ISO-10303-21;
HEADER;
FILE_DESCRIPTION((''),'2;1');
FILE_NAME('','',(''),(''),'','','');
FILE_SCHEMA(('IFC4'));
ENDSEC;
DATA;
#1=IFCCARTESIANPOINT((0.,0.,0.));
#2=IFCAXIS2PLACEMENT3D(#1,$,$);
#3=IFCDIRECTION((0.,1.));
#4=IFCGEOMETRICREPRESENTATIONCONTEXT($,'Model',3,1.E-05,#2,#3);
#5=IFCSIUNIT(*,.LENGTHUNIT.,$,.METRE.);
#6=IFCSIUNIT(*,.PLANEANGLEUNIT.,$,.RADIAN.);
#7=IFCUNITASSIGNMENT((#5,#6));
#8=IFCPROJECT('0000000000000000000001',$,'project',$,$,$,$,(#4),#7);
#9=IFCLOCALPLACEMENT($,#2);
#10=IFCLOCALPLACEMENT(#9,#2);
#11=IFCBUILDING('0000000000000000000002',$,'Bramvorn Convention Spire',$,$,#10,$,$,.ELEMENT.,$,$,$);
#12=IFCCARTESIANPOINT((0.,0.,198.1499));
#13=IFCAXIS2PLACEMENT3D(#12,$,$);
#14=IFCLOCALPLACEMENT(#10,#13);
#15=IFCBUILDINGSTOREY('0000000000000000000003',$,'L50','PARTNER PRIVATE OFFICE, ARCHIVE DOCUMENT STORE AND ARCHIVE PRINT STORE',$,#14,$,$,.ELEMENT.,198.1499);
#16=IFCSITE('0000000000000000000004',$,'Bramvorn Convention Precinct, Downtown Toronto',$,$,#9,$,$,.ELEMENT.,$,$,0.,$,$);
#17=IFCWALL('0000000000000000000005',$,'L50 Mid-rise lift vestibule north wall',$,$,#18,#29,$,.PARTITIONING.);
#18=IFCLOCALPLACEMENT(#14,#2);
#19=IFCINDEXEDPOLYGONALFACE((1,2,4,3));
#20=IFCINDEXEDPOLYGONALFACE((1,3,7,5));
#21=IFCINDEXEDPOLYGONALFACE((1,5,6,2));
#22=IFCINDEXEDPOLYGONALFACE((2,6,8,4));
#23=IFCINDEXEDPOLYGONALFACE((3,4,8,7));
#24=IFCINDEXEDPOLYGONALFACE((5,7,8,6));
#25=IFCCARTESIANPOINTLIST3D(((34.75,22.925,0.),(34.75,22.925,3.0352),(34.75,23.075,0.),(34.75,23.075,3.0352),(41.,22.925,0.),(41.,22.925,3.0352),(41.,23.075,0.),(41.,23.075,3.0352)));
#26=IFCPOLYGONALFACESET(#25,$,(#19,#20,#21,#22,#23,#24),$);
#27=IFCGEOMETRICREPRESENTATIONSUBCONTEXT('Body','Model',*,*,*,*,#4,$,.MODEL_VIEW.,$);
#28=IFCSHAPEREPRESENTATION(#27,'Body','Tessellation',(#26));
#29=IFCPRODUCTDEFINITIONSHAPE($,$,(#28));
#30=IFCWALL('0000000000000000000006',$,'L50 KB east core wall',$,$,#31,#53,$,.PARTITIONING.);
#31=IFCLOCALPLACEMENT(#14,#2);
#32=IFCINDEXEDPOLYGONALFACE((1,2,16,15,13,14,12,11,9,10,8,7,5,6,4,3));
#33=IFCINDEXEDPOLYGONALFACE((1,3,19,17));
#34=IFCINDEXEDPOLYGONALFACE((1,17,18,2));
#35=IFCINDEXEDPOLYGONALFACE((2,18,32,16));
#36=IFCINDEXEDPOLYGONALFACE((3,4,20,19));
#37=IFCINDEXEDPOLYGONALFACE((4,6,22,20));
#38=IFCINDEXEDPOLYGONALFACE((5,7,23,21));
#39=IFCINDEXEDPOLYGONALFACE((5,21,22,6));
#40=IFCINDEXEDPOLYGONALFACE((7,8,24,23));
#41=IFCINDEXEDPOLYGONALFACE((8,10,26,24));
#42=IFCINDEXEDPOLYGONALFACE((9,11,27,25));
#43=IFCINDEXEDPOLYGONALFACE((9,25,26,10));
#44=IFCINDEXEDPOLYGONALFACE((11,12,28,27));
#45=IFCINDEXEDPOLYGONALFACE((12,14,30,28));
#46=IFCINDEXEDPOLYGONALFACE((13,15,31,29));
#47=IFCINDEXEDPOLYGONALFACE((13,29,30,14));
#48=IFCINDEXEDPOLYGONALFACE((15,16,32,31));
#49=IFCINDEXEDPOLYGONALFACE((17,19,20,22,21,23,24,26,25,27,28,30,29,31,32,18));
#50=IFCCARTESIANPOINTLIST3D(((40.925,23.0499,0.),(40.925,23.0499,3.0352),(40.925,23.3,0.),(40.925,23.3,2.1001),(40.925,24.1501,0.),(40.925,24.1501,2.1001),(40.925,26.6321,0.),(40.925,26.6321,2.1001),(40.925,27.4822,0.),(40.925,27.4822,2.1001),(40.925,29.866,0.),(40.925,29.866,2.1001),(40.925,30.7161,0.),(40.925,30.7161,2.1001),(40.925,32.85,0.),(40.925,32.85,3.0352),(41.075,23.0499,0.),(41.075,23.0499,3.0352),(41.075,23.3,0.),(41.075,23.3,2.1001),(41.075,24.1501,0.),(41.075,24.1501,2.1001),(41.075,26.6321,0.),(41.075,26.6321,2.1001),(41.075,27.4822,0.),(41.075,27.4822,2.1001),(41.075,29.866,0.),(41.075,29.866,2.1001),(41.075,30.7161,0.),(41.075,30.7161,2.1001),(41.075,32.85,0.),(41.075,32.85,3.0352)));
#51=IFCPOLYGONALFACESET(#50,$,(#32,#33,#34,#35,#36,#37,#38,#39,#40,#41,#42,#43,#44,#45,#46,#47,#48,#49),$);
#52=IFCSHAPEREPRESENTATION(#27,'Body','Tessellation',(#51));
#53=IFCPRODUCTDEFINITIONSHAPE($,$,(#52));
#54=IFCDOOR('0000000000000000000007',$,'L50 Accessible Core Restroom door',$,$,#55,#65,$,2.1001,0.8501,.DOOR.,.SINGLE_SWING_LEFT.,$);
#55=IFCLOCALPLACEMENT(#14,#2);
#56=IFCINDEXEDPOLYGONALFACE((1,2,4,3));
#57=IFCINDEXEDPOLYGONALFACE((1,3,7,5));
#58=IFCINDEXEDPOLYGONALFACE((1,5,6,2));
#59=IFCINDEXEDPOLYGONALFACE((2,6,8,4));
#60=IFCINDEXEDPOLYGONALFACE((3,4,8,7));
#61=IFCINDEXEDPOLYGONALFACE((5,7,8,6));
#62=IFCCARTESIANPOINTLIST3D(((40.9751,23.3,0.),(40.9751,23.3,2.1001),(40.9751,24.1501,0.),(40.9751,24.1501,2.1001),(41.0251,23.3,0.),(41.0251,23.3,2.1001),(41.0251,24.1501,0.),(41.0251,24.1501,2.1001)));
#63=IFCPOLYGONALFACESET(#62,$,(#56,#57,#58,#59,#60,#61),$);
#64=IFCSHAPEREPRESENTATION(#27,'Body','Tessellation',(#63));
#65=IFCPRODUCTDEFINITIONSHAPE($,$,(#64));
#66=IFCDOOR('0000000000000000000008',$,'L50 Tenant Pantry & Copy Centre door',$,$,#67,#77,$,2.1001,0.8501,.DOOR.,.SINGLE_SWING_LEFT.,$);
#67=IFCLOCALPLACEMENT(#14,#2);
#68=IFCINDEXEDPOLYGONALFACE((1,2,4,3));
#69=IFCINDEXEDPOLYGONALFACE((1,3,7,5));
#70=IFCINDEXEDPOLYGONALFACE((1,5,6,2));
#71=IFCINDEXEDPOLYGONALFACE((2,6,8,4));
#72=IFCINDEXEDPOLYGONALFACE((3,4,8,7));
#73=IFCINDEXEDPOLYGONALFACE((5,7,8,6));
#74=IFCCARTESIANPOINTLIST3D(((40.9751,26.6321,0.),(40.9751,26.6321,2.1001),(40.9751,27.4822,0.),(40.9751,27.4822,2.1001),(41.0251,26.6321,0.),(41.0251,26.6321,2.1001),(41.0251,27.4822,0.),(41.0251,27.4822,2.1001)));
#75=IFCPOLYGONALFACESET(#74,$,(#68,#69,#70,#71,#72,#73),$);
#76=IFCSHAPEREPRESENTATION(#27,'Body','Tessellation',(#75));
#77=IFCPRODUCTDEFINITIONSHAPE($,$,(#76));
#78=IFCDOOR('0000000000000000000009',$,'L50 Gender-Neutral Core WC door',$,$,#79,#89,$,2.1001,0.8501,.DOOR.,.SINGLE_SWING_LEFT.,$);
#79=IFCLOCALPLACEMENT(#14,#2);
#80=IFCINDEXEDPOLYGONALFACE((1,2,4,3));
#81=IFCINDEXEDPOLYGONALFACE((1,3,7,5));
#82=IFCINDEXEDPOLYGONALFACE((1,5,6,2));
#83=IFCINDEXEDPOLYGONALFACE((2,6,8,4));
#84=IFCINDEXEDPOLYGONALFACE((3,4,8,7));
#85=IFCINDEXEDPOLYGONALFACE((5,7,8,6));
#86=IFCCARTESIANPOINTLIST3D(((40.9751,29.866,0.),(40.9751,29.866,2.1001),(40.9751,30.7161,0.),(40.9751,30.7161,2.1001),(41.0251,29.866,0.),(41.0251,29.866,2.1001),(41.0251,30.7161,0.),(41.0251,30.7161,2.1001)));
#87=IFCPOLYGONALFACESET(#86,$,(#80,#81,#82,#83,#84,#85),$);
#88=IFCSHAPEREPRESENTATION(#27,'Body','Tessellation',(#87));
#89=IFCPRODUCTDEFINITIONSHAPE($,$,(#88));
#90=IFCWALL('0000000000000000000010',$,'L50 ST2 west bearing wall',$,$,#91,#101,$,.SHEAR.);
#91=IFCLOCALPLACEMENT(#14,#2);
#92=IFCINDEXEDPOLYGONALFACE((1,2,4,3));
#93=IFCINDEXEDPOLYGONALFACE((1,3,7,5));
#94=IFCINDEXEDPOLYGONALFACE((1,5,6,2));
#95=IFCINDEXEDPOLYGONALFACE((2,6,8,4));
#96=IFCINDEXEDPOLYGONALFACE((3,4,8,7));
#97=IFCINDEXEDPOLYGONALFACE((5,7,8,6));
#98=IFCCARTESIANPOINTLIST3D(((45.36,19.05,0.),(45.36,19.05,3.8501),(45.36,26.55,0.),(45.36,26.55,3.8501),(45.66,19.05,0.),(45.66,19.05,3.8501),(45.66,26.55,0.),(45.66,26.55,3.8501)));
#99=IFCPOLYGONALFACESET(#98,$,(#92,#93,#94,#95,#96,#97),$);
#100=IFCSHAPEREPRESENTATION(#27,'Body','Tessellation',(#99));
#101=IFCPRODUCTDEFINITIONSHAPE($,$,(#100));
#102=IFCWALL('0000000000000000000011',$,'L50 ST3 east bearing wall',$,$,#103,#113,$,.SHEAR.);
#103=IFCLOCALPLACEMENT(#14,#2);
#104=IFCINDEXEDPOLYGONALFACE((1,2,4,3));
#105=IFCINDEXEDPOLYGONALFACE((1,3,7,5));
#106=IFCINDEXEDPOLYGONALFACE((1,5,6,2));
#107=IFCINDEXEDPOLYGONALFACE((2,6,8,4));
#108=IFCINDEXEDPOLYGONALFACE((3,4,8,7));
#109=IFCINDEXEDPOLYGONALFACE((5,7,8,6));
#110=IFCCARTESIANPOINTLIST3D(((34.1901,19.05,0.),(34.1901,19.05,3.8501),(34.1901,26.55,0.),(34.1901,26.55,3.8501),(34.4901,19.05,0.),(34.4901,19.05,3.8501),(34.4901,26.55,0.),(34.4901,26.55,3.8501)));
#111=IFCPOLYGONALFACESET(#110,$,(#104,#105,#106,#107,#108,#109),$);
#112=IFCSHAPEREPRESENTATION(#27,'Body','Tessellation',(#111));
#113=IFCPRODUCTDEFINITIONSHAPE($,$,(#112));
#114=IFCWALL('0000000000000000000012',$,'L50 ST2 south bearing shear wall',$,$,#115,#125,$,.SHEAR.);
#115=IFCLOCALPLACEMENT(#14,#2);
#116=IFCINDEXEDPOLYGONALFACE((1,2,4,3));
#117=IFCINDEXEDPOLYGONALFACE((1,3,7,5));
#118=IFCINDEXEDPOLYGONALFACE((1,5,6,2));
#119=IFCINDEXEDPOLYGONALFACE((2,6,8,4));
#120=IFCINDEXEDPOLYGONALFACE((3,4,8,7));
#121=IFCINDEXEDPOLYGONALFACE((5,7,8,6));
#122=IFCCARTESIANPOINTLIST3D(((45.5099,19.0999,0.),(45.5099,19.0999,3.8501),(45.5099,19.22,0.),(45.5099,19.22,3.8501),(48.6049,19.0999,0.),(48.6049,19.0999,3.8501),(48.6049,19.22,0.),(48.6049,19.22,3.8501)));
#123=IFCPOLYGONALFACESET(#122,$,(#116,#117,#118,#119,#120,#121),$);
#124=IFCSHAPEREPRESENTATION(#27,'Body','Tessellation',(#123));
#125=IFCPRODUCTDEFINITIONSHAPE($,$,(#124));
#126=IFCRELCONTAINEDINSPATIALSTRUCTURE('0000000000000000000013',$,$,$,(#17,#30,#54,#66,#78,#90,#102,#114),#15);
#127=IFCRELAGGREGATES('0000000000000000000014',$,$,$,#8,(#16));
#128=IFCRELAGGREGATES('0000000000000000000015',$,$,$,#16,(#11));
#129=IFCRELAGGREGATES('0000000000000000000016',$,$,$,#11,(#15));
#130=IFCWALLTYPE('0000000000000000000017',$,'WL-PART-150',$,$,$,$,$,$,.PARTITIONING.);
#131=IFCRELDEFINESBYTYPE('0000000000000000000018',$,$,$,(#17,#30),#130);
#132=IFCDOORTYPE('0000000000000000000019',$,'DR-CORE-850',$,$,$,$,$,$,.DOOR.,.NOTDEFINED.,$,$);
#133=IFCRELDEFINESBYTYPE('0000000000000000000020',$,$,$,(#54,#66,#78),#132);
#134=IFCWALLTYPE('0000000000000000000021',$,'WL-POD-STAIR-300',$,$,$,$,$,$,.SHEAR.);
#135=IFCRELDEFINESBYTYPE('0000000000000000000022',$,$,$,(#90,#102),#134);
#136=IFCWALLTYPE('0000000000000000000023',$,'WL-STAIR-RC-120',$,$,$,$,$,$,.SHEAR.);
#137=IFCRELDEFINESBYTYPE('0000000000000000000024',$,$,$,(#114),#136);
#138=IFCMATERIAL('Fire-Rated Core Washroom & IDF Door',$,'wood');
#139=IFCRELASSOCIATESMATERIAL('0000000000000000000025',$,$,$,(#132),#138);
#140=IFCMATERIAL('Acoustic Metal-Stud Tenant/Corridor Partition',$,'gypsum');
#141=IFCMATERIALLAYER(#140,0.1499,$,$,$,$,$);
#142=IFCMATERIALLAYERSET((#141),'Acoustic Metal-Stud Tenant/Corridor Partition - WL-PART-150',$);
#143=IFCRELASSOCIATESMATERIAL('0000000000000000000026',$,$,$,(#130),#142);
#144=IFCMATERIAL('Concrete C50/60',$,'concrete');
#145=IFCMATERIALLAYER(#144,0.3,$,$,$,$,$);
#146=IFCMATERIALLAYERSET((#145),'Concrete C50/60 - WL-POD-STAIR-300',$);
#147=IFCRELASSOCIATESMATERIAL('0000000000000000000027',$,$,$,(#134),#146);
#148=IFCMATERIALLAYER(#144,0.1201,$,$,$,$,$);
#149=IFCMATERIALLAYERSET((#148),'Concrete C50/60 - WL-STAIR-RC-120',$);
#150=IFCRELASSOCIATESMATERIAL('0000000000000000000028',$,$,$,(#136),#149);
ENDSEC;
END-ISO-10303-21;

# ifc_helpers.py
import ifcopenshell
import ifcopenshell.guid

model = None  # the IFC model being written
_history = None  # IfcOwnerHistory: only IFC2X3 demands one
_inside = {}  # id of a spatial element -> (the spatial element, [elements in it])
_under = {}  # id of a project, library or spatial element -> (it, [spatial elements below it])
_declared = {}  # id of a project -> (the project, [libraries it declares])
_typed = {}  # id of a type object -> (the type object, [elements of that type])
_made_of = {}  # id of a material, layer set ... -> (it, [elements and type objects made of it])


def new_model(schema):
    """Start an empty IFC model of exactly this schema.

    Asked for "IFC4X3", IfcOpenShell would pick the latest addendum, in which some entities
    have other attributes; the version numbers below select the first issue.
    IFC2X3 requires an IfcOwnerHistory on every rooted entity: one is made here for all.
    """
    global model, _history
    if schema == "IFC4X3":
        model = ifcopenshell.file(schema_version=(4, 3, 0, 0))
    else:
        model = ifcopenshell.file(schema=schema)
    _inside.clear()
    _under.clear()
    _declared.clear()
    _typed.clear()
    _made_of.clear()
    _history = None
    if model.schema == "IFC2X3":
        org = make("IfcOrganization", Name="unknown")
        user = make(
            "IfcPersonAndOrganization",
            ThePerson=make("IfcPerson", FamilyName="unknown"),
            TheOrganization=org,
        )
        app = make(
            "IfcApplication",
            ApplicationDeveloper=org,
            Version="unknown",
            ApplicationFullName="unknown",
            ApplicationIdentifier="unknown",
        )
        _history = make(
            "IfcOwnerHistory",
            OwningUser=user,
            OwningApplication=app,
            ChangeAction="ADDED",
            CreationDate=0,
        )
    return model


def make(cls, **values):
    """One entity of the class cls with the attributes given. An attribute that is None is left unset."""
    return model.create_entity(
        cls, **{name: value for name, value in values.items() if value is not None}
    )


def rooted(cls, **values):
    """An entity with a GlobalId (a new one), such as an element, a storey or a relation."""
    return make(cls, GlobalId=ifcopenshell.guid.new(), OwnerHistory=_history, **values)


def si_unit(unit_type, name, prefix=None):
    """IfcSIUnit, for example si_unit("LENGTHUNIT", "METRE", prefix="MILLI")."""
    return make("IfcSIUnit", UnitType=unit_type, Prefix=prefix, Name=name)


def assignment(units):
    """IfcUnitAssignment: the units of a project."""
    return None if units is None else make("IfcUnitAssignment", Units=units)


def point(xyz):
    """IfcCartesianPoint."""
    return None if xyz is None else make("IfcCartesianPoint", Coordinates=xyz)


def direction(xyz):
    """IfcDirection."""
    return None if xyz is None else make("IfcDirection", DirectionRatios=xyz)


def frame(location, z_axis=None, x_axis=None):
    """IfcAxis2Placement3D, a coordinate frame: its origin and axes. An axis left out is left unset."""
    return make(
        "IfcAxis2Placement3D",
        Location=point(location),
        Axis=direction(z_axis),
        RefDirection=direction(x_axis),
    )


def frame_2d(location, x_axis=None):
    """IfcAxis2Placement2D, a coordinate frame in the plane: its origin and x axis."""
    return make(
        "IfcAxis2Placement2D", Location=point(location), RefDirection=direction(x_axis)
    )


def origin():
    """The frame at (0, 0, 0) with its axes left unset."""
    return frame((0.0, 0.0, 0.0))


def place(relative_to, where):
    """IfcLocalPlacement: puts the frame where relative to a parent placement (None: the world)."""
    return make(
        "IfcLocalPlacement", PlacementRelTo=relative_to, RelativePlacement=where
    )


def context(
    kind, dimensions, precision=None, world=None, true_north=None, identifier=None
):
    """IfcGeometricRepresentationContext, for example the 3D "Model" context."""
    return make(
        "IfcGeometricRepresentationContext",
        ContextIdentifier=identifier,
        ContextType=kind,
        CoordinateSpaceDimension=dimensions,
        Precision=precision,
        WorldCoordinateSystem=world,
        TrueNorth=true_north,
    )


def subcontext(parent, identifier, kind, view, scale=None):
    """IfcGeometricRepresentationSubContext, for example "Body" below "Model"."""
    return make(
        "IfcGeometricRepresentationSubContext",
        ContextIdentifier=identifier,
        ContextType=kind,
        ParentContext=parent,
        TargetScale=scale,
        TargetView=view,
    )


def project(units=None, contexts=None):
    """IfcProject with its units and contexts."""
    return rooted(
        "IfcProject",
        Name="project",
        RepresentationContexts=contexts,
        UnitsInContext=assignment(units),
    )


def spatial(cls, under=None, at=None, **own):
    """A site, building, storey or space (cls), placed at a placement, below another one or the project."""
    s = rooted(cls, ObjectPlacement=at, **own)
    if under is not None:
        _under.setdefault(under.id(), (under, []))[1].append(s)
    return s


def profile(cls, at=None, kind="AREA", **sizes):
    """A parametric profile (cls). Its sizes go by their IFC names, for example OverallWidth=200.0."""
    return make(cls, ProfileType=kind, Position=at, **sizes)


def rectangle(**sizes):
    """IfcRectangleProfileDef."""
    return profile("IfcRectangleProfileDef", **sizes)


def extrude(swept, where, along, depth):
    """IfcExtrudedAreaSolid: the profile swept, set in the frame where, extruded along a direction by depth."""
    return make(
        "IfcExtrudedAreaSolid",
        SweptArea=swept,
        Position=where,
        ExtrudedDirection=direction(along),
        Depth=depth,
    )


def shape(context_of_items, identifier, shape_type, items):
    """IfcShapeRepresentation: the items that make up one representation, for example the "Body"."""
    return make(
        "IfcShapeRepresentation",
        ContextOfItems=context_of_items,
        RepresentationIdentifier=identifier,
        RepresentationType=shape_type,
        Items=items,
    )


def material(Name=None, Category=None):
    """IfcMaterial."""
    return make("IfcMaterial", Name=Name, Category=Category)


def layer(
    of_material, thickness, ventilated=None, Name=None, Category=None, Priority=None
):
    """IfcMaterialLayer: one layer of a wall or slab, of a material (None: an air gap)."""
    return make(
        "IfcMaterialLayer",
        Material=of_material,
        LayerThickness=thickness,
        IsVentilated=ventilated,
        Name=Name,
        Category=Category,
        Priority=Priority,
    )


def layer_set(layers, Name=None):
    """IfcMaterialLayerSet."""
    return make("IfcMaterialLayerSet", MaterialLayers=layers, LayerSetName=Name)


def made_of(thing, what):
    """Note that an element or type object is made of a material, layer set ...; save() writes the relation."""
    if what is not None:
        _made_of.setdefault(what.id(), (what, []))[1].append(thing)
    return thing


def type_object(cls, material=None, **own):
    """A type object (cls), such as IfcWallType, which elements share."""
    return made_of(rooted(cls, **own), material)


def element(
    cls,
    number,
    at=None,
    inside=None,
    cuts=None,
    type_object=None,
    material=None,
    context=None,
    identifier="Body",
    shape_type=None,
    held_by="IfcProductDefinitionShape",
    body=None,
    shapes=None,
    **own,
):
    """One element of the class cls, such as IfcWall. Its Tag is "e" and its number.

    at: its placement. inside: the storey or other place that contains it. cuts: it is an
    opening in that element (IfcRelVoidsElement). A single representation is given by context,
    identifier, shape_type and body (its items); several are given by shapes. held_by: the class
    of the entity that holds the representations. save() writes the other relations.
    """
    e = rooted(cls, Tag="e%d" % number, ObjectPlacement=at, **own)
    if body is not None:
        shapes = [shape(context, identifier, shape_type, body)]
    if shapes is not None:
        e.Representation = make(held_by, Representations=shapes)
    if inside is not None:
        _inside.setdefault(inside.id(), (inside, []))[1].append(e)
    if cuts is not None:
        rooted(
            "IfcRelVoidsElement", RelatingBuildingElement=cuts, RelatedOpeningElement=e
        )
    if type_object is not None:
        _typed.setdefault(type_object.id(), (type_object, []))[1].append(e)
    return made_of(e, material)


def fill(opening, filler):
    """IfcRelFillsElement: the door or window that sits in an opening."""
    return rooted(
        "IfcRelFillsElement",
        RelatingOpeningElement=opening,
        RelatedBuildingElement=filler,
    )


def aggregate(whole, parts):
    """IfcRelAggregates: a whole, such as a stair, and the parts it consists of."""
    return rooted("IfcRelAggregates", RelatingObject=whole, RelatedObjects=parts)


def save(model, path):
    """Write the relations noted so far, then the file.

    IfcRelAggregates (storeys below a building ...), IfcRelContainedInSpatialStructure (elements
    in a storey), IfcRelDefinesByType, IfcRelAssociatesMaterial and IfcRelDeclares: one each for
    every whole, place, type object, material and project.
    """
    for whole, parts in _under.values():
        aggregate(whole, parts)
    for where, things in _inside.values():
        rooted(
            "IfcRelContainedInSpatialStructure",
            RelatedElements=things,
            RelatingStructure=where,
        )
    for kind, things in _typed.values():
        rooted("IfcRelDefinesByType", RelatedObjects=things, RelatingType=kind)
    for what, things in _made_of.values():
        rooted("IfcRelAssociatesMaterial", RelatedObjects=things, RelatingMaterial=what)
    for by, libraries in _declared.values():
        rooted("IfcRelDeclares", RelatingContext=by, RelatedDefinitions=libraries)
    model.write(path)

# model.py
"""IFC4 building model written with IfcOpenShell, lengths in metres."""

from ifc_helpers import new_model, si_unit, direction, frame, frame_2d, origin, place, context, subcontext, project, spatial, rectangle, extrude, material, layer, layer_set, type_object, element, fill, save


model = new_model("IFC4")

# Units and contexts
model_context = context("Model", 3, precision=1e-05, world=origin(), true_north=direction((0.0, 1.0)))
body_context = subcontext(model_context, "Body", "Model", "MODEL_VIEW")
ifc_project = project(units=[si_unit("LENGTHUNIT", "METRE"), si_unit("PLANEANGLEUNIT", "RADIAN")], contexts=[model_context])

# Site, building, storey
site_placement = place(None, origin())
site = spatial("IfcSite", under=ifc_project, at=site_placement, Name="Bramvorn Convention Precinct, Downtown Toronto", CompositionType="ELEMENT", RefElevation=0.0)
building_placement = place(site_placement, origin())
building = spatial("IfcBuilding", under=site, at=building_placement, Name="Bramvorn Convention Spire", CompositionType="ELEMENT")
storey_placement = place(building_placement, frame((0.0, 0.0, 198.1499)))
storey = spatial("IfcBuildingStorey", under=building, at=storey_placement, Name="L50", Description="PARTNER PRIVATE OFFICE, ARCHIVE DOCUMENT STORE AND ARCHIVE PRINT STORE", CompositionType="ELEMENT", Elevation=198.1499)

# Shared definitions
ifc_material_1 = material(Name="Concrete C50/60", Category="concrete")

# Shared definitions
ifc_material_2 = material(Name="Fire-Rated Core Washroom & IDF Door", Category="wood")
door_type_1 = type_object("IfcDoorType", Name="DR-CORE-850", OperationType="NOTDEFINED", PredefinedType="DOOR", material=ifc_material_2)

# Wall
ifc_material_3 = material(Name="Acoustic Metal-Stud Tenant/Corridor Partition", Category="gypsum")
ifc_layer_1 = layer(ifc_material_3, 0.1499)
ifc_layer_set_1 = layer_set([ifc_layer_1], Name="Acoustic Metal-Stud Tenant/Corridor Partition - WL-PART-150")
wall_type_1 = type_object("IfcWallType", Name="WL-PART-150", PredefinedType="PARTITIONING", material=ifc_layer_set_1)
wall_1_placement = place(storey_placement, frame((34.75, 23.0, 0.0), z_axis=(0.0, 0.0, 1.0), x_axis=(1.0, 0.0, 0.0)))
element("IfcWall", 1, at=wall_1_placement, inside=storey, type_object=wall_type_1, Name="L50 Mid-rise lift vestibule north wall", PredefinedType="PARTITIONING", context=body_context, shape_type="SweptSolid", body=[
    extrude(rectangle(XDim=6.25, YDim=0.1499, at=frame_2d((3.125, 0.0))), origin(), (0.0, 0.0, 1.0), 3.0352),
])

# Wall, openings, doors
wall_2_placement = place(storey_placement, frame((41.0, 23.05, 0.0), z_axis=(0.0, 0.0, 1.0), x_axis=(0.0, 1.0, 0.0)))
wall_2 = element("IfcWall", 2, at=wall_2_placement, inside=storey, type_object=wall_type_1, Name="L50 KB east core wall", PredefinedType="PARTITIONING", context=body_context, shape_type="SweptSolid", body=[
    extrude(rectangle(XDim=9.8, YDim=0.1499, at=frame_2d((4.8999, 0.0))), origin(), (0.0, 0.0, 1.0), 3.0352),
])
opening_1_placement = place(wall_2_placement, frame((0.25, 0.0, 0.0)))
opening_1 = element("IfcOpeningElement", 3, at=opening_1_placement, cuts=wall_2, PredefinedType="OPENING", context=body_context, shape_type="SweptSolid", body=[
    extrude(rectangle(XDim=0.8501, YDim=2.1001, at=frame_2d((0.425, 1.05))), frame((0.0, 0.085, 0.0), z_axis=(0.0, -1.0, 0.0), x_axis=(1.0, 0.0, 0.0)), (0.0, 0.0, 1.0), 0.1699),
])
opening_2_placement = place(wall_2_placement, frame((3.582, 0.0, 0.0)))
opening_2 = element("IfcOpeningElement", 4, at=opening_2_placement, cuts=wall_2, PredefinedType="OPENING", context=body_context, shape_type="SweptSolid", body=[
    extrude(rectangle(XDim=0.8501, YDim=2.1001, at=frame_2d((0.425, 1.05))), frame((0.0, 0.085, 0.0), z_axis=(0.0, -1.0, 0.0), x_axis=(1.0, 0.0, 0.0)), (0.0, 0.0, 1.0), 0.1699),
])
opening_3_placement = place(wall_2_placement, frame((6.8159, 0.0, 0.0)))
opening_3 = element("IfcOpeningElement", 5, at=opening_3_placement, cuts=wall_2, PredefinedType="OPENING", context=body_context, shape_type="SweptSolid", body=[
    extrude(rectangle(XDim=0.8501, YDim=2.1001, at=frame_2d((0.425, 1.05))), frame((0.0, 0.085, 0.0), z_axis=(0.0, -1.0, 0.0), x_axis=(1.0, 0.0, 0.0)), (0.0, 0.0, 1.0), 0.1699),
])
door_1_placement = place(opening_1_placement, origin())
door_1 = element("IfcDoor", 6, at=door_1_placement, inside=storey, type_object=door_type_1, Name="L50 Accessible Core Restroom door", OperationType="SINGLE_SWING_LEFT", OverallHeight=2.1001, OverallWidth=0.8501, PredefinedType="DOOR", context=body_context, shape_type="SweptSolid", body=[
    extrude(rectangle(XDim=0.8501, YDim=2.1001, at=frame_2d((0.425, 1.05))), frame((0.0, 0.0249, 0.0), z_axis=(0.0, -1.0, 0.0), x_axis=(1.0, 0.0, 0.0)), (0.0, 0.0, 1.0), 0.05),
])
fill(opening_1, door_1)
door_2_placement = place(opening_2_placement, origin())
door_2 = element("IfcDoor", 7, at=door_2_placement, inside=storey, type_object=door_type_1, Name="L50 Tenant Pantry & Copy Centre door", OperationType="SINGLE_SWING_LEFT", OverallHeight=2.1001, OverallWidth=0.8501, PredefinedType="DOOR", context=body_context, shape_type="SweptSolid", body=[
    extrude(rectangle(XDim=0.8501, YDim=2.1001, at=frame_2d((0.425, 1.05))), frame((0.0, 0.0249, 0.0), z_axis=(0.0, -1.0, 0.0), x_axis=(1.0, 0.0, 0.0)), (0.0, 0.0, 1.0), 0.05),
])
fill(opening_2, door_2)
door_3_placement = place(opening_3_placement, origin())
door_3 = element("IfcDoor", 8, at=door_3_placement, inside=storey, type_object=door_type_1, Name="L50 Gender-Neutral Core WC door", OperationType="SINGLE_SWING_LEFT", OverallHeight=2.1001, OverallWidth=0.8501, PredefinedType="DOOR", context=body_context, shape_type="SweptSolid", body=[
    extrude(rectangle(XDim=0.8501, YDim=2.1001, at=frame_2d((0.425, 1.05))), frame((0.0, 0.0249, 0.0), z_axis=(0.0, -1.0, 0.0), x_axis=(1.0, 0.0, 0.0)), (0.0, 0.0, 1.0), 0.05),
])
fill(opening_3, door_3)

# Walls
ifc_layer_2 = layer(ifc_material_1, 0.3)
ifc_layer_set_2 = layer_set([ifc_layer_2], Name="Concrete C50/60 - WL-POD-STAIR-300")
wall_type_2 = type_object("IfcWallType", Name="WL-POD-STAIR-300", PredefinedType="SHEAR", material=ifc_layer_set_2)
for number, where, z_axis, x_axis, name in (
    (9, (45.51, 19.05, 0.0), (0.0, 0.0, 1.0), (0.0, 1.0, 0.0), "L50 ST2 west bearing wall"),
    (10, (34.3401, 19.05, 0.0), (0.0, 0.0, 1.0), (0.0, 1.0, 0.0), "L50 ST3 east bearing wall"),
):
    element("IfcWall", number, at=place(storey_placement, frame(where, z_axis=z_axis, x_axis=x_axis)), inside=storey, type_object=wall_type_2, Name=name, PredefinedType="SHEAR", context=body_context, shape_type="SweptSolid", body=[
        extrude(rectangle(XDim=7.5, YDim=0.3, at=frame_2d((3.75, 0.0))), origin(), (0.0, 0.0, 1.0), 3.8501),
    ])
ifc_layer_3 = layer(ifc_material_1, 0.1201)
ifc_layer_set_3 = layer_set([ifc_layer_3], Name="Concrete C50/60 - WL-STAIR-RC-120")
wall_type_3 = type_object("IfcWallType", Name="WL-STAIR-RC-120", PredefinedType="SHEAR", material=ifc_layer_set_3)
wall_3_placement = place(storey_placement, frame((45.51, 19.1599, 0.0), z_axis=(0.0, 0.0, 1.0), x_axis=(1.0, 0.0, 0.0)))
element("IfcWall", 11, at=wall_3_placement, inside=storey, type_object=wall_type_3, Name="L50 ST2 south bearing shear wall", PredefinedType="SHEAR", context=body_context, shape_type="SweptSolid", body=[
    extrude(rectangle(XDim=3.095, YDim=0.1201, at=frame_2d((1.5474, 0.0))), origin(), (0.0, 0.0, 1.0), 3.8501),
])

save(model, "model.ifc")
